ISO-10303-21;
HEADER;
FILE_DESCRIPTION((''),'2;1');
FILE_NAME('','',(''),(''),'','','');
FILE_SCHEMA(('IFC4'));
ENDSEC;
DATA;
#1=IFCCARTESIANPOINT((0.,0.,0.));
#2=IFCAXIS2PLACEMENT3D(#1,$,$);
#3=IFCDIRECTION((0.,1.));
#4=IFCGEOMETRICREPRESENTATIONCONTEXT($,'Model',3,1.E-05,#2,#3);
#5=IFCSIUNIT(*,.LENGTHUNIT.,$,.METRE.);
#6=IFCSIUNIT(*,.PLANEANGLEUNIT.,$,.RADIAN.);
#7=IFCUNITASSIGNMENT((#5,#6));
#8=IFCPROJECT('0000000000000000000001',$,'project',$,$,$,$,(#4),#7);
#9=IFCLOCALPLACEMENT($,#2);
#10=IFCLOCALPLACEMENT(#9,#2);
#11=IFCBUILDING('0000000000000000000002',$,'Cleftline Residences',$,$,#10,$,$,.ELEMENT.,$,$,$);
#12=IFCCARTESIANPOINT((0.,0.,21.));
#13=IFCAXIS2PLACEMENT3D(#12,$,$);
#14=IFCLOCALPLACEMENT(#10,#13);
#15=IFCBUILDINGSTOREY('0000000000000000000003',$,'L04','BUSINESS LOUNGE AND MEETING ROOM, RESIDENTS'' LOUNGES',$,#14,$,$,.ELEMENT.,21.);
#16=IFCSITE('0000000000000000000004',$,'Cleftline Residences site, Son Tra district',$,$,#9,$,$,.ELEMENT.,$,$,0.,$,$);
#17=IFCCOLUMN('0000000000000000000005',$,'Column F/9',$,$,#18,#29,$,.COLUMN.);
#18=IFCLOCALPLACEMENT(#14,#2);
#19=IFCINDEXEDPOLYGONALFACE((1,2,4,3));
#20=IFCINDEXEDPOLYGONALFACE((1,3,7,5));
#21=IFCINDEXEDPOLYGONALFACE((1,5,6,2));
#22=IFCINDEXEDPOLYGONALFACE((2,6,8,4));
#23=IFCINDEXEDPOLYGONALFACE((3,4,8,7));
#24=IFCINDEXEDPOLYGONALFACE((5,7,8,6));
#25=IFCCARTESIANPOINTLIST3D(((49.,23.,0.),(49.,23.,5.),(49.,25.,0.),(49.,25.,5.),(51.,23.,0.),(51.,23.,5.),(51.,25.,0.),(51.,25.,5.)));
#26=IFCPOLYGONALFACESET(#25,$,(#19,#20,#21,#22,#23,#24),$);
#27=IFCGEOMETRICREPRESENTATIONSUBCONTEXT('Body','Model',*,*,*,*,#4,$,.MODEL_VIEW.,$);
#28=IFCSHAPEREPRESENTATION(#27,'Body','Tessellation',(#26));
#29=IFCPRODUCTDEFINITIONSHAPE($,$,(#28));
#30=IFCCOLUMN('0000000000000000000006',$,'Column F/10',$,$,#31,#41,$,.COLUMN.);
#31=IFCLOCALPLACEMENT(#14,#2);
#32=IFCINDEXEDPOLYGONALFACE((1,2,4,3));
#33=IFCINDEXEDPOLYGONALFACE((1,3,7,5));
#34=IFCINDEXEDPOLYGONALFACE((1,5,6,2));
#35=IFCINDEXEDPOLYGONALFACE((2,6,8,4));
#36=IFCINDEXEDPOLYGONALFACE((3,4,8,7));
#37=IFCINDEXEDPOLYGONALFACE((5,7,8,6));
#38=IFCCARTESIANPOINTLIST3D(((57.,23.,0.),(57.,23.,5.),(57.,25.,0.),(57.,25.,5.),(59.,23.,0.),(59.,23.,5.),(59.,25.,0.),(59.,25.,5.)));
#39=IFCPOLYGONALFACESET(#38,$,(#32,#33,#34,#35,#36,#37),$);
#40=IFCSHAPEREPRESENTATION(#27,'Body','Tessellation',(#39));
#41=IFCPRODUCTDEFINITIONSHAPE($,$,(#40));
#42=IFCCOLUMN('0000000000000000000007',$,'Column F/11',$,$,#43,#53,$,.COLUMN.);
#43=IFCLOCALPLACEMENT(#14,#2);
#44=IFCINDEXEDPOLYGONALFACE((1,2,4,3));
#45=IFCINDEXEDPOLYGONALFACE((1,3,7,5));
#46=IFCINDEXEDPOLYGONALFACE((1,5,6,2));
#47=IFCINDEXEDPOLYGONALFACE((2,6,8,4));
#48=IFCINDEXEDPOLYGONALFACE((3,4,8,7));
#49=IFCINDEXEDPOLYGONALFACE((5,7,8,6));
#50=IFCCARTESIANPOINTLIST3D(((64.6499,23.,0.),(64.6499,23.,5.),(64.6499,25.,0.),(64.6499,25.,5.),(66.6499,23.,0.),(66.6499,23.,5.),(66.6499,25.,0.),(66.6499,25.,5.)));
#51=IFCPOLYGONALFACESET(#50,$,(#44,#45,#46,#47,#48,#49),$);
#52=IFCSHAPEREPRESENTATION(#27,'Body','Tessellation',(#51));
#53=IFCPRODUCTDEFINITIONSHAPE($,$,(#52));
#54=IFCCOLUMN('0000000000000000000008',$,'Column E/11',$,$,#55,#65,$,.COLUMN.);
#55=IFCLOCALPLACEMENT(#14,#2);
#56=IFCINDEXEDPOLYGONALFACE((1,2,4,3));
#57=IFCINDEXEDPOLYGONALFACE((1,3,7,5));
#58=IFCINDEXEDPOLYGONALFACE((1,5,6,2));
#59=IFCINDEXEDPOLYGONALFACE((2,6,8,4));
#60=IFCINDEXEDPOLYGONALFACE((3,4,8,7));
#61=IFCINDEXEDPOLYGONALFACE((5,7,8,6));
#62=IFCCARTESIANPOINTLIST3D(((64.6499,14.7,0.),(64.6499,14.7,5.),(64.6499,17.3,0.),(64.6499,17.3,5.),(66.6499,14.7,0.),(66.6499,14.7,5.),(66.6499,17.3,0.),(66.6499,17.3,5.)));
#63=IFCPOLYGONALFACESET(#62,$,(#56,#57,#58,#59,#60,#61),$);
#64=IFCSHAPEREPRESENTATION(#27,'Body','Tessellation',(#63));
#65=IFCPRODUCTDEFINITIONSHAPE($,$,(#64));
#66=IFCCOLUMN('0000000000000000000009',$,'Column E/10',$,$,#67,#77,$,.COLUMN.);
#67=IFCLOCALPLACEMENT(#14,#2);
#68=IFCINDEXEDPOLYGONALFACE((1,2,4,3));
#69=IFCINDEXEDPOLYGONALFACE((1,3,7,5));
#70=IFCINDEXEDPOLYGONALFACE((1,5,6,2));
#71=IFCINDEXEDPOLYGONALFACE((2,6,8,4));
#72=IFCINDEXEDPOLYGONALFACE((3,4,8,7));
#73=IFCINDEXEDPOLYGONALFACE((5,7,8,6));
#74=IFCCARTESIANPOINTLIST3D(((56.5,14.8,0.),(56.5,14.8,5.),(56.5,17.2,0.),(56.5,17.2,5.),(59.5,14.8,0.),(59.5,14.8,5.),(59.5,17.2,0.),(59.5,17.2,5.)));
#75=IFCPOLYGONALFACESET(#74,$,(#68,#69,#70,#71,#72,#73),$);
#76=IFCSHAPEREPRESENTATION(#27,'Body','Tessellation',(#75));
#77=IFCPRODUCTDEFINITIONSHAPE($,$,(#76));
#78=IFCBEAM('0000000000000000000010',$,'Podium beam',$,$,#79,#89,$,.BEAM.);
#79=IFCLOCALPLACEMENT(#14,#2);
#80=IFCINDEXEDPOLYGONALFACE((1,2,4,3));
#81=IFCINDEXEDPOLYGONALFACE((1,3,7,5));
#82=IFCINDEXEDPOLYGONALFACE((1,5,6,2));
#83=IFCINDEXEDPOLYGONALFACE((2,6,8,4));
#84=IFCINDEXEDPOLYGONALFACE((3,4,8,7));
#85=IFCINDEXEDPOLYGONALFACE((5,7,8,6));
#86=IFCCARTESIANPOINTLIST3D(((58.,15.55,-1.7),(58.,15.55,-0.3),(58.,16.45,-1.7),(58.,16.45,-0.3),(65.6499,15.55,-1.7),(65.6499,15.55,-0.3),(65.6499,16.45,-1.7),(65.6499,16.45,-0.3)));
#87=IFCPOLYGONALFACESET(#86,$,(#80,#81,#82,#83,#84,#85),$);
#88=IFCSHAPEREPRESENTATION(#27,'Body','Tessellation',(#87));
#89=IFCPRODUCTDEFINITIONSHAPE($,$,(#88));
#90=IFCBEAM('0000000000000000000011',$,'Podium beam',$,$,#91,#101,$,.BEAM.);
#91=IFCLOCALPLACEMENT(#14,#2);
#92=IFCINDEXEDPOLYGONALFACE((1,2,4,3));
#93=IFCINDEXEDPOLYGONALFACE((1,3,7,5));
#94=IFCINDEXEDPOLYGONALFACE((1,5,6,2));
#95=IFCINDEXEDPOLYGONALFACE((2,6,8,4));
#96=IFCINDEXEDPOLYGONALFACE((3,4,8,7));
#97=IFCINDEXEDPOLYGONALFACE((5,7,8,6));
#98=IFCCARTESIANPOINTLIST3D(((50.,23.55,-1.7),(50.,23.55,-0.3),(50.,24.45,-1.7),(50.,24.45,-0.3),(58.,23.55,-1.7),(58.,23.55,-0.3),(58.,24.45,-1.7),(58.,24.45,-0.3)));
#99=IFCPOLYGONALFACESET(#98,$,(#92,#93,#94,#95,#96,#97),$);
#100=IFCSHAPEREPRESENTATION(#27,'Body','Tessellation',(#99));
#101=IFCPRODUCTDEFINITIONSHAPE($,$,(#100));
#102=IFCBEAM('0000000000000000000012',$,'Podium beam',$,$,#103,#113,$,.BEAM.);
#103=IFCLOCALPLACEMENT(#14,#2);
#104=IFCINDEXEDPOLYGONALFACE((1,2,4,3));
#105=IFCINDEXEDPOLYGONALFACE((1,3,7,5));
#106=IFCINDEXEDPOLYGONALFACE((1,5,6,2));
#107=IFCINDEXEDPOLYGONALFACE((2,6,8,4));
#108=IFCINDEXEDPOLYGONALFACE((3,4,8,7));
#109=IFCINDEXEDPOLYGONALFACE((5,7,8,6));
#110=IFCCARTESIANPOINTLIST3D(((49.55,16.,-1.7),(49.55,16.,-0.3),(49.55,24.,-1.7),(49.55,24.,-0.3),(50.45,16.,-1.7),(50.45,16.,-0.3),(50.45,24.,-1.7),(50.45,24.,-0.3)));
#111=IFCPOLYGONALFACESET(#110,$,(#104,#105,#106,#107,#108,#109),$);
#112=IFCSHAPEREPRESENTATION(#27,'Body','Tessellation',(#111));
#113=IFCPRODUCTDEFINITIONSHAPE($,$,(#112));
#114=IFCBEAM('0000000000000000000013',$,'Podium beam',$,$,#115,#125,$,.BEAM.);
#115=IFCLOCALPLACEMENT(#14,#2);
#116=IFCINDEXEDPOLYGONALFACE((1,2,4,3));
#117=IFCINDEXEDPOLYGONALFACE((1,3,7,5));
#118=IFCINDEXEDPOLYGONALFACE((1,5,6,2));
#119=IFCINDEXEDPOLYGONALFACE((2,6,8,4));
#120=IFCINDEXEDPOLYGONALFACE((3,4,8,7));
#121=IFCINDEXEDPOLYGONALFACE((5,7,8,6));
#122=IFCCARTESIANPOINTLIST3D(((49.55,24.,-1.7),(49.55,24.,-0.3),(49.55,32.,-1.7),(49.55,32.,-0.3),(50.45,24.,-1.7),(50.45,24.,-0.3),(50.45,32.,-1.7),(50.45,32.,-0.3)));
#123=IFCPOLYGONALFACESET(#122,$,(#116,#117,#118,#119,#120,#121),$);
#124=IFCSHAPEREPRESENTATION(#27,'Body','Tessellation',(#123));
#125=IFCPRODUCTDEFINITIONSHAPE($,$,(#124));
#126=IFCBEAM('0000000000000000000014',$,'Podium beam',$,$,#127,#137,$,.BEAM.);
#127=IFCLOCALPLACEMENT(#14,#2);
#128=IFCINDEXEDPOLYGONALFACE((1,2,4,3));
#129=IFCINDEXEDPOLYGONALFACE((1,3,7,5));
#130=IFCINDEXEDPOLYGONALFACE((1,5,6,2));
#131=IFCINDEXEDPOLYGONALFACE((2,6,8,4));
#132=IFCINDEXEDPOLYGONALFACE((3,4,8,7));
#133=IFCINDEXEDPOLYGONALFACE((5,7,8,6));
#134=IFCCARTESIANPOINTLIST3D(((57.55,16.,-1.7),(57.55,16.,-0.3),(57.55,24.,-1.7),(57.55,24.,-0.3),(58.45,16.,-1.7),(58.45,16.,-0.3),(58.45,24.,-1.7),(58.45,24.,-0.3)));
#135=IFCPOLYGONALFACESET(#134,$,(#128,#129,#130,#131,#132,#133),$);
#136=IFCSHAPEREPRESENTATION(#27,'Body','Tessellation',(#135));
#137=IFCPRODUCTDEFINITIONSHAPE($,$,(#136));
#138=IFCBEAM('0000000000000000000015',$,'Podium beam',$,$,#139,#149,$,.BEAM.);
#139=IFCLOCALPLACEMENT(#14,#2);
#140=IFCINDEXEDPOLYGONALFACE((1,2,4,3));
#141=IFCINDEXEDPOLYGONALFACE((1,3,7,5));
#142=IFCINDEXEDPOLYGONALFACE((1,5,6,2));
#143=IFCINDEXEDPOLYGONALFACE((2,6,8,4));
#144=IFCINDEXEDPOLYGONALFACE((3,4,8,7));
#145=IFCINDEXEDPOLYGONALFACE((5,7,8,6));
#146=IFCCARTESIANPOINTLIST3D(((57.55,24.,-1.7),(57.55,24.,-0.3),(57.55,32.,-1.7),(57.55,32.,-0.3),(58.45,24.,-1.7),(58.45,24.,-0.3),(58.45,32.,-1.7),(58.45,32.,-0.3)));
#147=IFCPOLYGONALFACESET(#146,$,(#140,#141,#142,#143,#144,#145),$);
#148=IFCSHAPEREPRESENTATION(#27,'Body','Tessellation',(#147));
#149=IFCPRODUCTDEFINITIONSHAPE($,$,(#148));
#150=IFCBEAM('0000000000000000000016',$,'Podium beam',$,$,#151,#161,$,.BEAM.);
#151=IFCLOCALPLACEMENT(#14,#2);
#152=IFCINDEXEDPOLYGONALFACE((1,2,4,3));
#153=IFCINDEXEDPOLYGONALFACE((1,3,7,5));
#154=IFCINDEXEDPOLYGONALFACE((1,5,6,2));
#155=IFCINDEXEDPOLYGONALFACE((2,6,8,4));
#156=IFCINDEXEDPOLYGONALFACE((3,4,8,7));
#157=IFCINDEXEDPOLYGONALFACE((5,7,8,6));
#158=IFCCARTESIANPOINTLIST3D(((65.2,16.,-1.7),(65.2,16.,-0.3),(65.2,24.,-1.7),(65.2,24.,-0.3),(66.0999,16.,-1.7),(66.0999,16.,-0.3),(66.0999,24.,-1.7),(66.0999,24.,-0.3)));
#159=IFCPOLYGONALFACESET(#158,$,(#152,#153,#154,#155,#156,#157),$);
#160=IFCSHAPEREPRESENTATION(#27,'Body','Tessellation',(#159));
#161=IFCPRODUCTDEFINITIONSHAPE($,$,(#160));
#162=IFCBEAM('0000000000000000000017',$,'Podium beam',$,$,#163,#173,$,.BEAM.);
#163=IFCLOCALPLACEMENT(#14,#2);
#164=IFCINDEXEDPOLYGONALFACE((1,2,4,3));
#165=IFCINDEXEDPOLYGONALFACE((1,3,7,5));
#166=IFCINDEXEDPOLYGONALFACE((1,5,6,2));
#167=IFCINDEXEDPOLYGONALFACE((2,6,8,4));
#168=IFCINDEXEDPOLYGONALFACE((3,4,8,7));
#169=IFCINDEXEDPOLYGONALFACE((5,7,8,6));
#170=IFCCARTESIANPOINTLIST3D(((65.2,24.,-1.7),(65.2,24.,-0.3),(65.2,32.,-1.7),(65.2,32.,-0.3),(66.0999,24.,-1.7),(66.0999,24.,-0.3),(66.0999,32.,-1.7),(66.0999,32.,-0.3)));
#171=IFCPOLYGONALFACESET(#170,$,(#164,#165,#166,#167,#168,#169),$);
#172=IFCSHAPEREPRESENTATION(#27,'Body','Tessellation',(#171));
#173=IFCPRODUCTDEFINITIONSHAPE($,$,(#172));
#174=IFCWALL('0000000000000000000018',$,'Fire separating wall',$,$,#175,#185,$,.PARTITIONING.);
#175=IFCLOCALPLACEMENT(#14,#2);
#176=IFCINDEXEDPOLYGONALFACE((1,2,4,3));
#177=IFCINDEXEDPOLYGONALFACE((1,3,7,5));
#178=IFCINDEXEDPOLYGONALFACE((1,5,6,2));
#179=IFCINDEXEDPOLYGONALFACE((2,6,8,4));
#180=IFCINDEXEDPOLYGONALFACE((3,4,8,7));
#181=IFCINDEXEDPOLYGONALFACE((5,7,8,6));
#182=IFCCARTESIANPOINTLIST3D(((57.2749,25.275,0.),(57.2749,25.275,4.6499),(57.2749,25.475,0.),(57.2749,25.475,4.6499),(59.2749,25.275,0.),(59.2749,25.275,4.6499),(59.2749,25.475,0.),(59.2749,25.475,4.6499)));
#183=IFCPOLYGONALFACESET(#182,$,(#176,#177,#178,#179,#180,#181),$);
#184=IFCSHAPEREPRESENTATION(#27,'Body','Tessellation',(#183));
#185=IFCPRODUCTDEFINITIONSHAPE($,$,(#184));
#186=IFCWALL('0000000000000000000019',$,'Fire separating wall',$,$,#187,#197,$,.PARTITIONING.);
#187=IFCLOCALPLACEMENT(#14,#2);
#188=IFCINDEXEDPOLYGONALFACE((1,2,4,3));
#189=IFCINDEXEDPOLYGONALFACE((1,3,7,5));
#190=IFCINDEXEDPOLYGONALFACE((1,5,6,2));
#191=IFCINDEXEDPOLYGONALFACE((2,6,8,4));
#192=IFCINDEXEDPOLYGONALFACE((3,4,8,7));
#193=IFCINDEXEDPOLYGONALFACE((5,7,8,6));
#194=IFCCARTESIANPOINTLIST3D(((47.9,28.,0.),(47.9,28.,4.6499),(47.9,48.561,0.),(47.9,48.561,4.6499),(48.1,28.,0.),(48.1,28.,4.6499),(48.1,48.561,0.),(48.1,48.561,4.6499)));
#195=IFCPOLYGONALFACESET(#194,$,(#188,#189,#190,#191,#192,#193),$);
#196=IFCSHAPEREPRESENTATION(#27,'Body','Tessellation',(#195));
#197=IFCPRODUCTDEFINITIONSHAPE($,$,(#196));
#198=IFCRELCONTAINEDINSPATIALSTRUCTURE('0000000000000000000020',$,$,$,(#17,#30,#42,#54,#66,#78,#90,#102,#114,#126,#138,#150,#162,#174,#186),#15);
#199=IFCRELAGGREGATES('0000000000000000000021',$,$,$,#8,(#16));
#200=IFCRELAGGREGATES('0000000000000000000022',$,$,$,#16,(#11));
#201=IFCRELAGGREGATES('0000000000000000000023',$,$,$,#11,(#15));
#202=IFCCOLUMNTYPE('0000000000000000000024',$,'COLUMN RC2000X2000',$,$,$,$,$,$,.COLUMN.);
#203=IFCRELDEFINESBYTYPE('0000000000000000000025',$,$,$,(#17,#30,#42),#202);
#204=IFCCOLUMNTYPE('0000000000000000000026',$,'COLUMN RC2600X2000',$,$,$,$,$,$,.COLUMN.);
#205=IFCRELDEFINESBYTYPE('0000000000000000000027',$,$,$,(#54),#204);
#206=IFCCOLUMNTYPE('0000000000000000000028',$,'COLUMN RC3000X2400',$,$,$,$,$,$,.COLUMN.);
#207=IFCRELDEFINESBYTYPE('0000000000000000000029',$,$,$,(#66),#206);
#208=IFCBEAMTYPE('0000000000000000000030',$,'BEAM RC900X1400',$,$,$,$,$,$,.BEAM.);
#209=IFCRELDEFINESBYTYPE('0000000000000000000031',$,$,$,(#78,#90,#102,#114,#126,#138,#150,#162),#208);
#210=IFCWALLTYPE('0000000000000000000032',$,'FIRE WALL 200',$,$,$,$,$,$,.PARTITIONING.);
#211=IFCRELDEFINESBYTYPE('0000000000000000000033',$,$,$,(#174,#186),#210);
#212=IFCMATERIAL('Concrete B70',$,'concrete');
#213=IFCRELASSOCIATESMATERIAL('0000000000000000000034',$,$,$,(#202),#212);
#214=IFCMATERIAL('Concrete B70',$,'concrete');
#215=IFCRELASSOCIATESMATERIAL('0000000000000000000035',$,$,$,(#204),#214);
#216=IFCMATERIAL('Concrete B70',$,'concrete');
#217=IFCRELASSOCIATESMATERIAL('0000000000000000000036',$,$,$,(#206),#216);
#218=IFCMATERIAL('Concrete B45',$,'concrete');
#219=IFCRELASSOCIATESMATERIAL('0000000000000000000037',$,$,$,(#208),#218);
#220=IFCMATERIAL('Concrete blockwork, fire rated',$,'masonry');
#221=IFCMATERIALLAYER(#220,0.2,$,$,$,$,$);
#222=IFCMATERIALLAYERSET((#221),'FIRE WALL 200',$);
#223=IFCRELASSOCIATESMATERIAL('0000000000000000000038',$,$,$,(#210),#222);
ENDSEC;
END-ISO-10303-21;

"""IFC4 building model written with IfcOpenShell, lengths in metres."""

from ifc_helpers import new_model, si_unit, direction, frame, frame_2d, origin, origin_2d, place, context, subcontext, project, spatial, rectangle, extrude, material, layer, layer_set, material_profile, profile_set, type_object, element, save


model = new_model("IFC4")

# Units and contexts
model_context = context("Model", 3, precision=1e-05, world=origin(), true_north=direction((0.0, 1.0)))
body_context = subcontext(model_context, "Body", "Model", "MODEL_VIEW")
ifc_project = project(units=[si_unit("LENGTHUNIT", "METRE"), si_unit("PLANEANGLEUNIT", "RADIAN")], contexts=[model_context])

# Site, building, storey
site_placement = place(None, origin())
site = spatial("IfcSite", under=ifc_project, at=site_placement, Name="Cleftline Residences site, Son Tra district", CompositionType="ELEMENT", RefElevation=0.0)
building_placement = place(site_placement, origin())
building = spatial("IfcBuilding", under=site, at=building_placement, Name="Cleftline Residences", CompositionType="ELEMENT")
storey_placement = place(building_placement, frame((0.0, 0.0, 21.0)))
storey = spatial("IfcBuildingStorey", under=building, at=storey_placement, Name="L04", Description="BUSINESS LOUNGE AND MEETING ROOM, RESIDENTS' LOUNGES", CompositionType="ELEMENT", Elevation=21.0)

# Columns
ifc_material_1 = material(Name="Concrete B70", Category="concrete")
ifc_material_profile_1 = material_profile(ifc_material_1, rectangle(XDim=2.0, YDim=2.0, at=origin_2d()))
ifc_profile_set_1 = profile_set([ifc_material_profile_1], Name="Concrete B70")
column_type_1 = type_object("IfcColumnType", Name="COLUMN RC2000X2000", PredefinedType="COLUMN", material=ifc_profile_set_1)
for number, where, z_axis, x_axis, name in (
    (1, (50.0, 24.0, 0.0), (0.0, 0.0, 1.0), (1.0, 0.0, 0.0), "Column F/9"),
    (2, (58.0, 24.0, 0.0), (0.0, 0.0, 1.0), (1.0, 0.0, 0.0), "Column F/10"),
    (3, (65.6499, 24.0, 0.0), (0.0, 0.0, 1.0), (1.0, 0.0, 0.0), "Column F/11"),
):
    element("IfcColumn", number, at=place(storey_placement, frame(where, z_axis=z_axis, x_axis=x_axis)), inside=storey, type_object=column_type_1, Name=name, PredefinedType="COLUMN", context=body_context, shape_type="SweptSolid", body=[
        extrude(rectangle(XDim=2.0, YDim=2.0, at=origin_2d()), origin(), (0.0, 0.0, 1.0), 5.0),
    ])
ifc_material_2 = material(Name="Concrete B70", Category="concrete")
ifc_material_profile_2 = material_profile(ifc_material_2, rectangle(XDim=2.6001, YDim=2.0, at=origin_2d()))
ifc_profile_set_2 = profile_set([ifc_material_profile_2], Name="Concrete B70")
column_type_2 = type_object("IfcColumnType", Name="COLUMN RC2600X2000", PredefinedType="COLUMN", material=ifc_profile_set_2)
column_1_placement = place(storey_placement, frame((65.6499, 16.0, 0.0), z_axis=(0.0, 0.0, 1.0), x_axis=(0.0, 1.0, 0.0)))
element("IfcColumn", 4, at=column_1_placement, inside=storey, type_object=column_type_2, Name="Column E/11", PredefinedType="COLUMN", context=body_context, shape_type="SweptSolid", body=[
    extrude(rectangle(XDim=2.6001, YDim=2.0, at=origin_2d()), origin(), (0.0, 0.0, 1.0), 5.0),
])
ifc_material_3 = material(Name="Concrete B70", Category="concrete")
ifc_material_profile_3 = material_profile(ifc_material_3, rectangle(XDim=3.0, YDim=2.3999, at=origin_2d()))
ifc_profile_set_3 = profile_set([ifc_material_profile_3], Name="Concrete B70")
column_type_3 = type_object("IfcColumnType", Name="COLUMN RC3000X2400", PredefinedType="COLUMN", material=ifc_profile_set_3)
column_2_placement = place(storey_placement, frame((58.0, 16.0, 0.0), z_axis=(0.0, 0.0, 1.0), x_axis=(1.0, 0.0, 0.0)))
element("IfcColumn", 5, at=column_2_placement, inside=storey, type_object=column_type_3, Name="Column E/10", PredefinedType="COLUMN", context=body_context, shape_type="SweptSolid", body=[
    extrude(rectangle(XDim=3.0, YDim=2.3999, at=origin_2d()), origin(), (0.0, 0.0, 1.0), 5.0),
])

# Beams
ifc_material_4 = material(Name="Concrete B45", Category="concrete")
ifc_material_profile_4 = material_profile(ifc_material_4, rectangle(XDim=0.8999, YDim=1.3999, at=origin_2d()))
ifc_profile_set_4 = profile_set([ifc_material_profile_4], Name="Concrete B45")
beam_type = type_object("IfcBeamType", Name="BEAM RC900X1400", PredefinedType="BEAM", material=ifc_profile_set_4)
beam_placement = place(storey_placement, frame((58.0, 16.0, -1.0), z_axis=(1.0, 0.0, 0.0), x_axis=(0.0, 1.0, 0.0)))
element("IfcBeam", 6, at=beam_placement, inside=storey, type_object=beam_type, Name="Podium beam", PredefinedType="BEAM", context=body_context, shape_type="SweptSolid", body=[
    extrude(rectangle(XDim=0.8999, YDim=1.3999, at=origin_2d()), origin(), (0.0, 0.0, 1.0), 7.6499),
])
for number, where, z_axis, x_axis, name in (
    (7, (50.0, 24.0, -1.0), (1.0, 0.0, 0.0), (0.0, 1.0, 0.0), "Podium beam"),
    (8, (50.0, 16.0, -1.0), (0.0, 1.0, 0.0), (-1.0, 0.0, 0.0), "Podium beam"),
    (9, (50.0, 24.0, -1.0), (0.0, 1.0, 0.0), (-1.0, 0.0, 0.0), "Podium beam"),
    (10, (58.0, 16.0, -1.0), (0.0, 1.0, 0.0), (-1.0, 0.0, 0.0), "Podium beam"),
    (11, (58.0, 24.0, -1.0), (0.0, 1.0, 0.0), (-1.0, 0.0, 0.0), "Podium beam"),
    (12, (65.6499, 16.0, -1.0), (0.0, 1.0, 0.0), (-1.0, 0.0, 0.0), "Podium beam"),
    (13, (65.6499, 24.0, -1.0), (0.0, 1.0, 0.0), (-1.0, 0.0, 0.0), "Podium beam"),
):
    element("IfcBeam", number, at=place(storey_placement, frame(where, z_axis=z_axis, x_axis=x_axis)), inside=storey, type_object=beam_type, Name=name, PredefinedType="BEAM", context=body_context, shape_type="SweptSolid", body=[
        extrude(rectangle(XDim=0.8999, YDim=1.3999, at=origin_2d()), origin(), (0.0, 0.0, 1.0), 8.0),
    ])

# Walls
ifc_material_5 = material(Name="Concrete blockwork, fire rated", Category="masonry")
ifc_layer_1 = layer(ifc_material_5, 0.2)
ifc_layer_set_1 = layer_set([ifc_layer_1], Name="FIRE WALL 200")
wall_type_1 = type_object("IfcWallType", Name="FIRE WALL 200", PredefinedType="PARTITIONING", material=ifc_layer_set_1)
wall_1_placement = place(storey_placement, frame((57.2749, 25.375, 0.0), z_axis=(0.0, 0.0, 1.0), x_axis=(1.0, 0.0, 0.0)))
element("IfcWall", 14, at=wall_1_placement, inside=storey, type_object=wall_type_1, Name="Fire separating wall", PredefinedType="PARTITIONING", context=body_context, shape_type="SweptSolid", body=[
    extrude(rectangle(XDim=2.0, YDim=0.2, at=frame_2d((1.0, 0.0))), origin(), (0.0, 0.0, 1.0), 4.6499),
])
wall_2_placement = place(storey_placement, frame((48.0, 28.0, 0.0), z_axis=(0.0, 0.0, 1.0), x_axis=(0.0, 1.0, 0.0)))
element("IfcWall", 15, at=wall_2_placement, inside=storey, type_object=wall_type_1, Name="Fire separating wall", PredefinedType="PARTITIONING", context=body_context, shape_type="SweptSolid", body=[
    extrude(rectangle(XDim=20.561, YDim=0.2, at=frame_2d((10.2805, 0.0))), origin(), (0.0, 0.0, 1.0), 4.6499),
])

save(model, "model.ifc")
